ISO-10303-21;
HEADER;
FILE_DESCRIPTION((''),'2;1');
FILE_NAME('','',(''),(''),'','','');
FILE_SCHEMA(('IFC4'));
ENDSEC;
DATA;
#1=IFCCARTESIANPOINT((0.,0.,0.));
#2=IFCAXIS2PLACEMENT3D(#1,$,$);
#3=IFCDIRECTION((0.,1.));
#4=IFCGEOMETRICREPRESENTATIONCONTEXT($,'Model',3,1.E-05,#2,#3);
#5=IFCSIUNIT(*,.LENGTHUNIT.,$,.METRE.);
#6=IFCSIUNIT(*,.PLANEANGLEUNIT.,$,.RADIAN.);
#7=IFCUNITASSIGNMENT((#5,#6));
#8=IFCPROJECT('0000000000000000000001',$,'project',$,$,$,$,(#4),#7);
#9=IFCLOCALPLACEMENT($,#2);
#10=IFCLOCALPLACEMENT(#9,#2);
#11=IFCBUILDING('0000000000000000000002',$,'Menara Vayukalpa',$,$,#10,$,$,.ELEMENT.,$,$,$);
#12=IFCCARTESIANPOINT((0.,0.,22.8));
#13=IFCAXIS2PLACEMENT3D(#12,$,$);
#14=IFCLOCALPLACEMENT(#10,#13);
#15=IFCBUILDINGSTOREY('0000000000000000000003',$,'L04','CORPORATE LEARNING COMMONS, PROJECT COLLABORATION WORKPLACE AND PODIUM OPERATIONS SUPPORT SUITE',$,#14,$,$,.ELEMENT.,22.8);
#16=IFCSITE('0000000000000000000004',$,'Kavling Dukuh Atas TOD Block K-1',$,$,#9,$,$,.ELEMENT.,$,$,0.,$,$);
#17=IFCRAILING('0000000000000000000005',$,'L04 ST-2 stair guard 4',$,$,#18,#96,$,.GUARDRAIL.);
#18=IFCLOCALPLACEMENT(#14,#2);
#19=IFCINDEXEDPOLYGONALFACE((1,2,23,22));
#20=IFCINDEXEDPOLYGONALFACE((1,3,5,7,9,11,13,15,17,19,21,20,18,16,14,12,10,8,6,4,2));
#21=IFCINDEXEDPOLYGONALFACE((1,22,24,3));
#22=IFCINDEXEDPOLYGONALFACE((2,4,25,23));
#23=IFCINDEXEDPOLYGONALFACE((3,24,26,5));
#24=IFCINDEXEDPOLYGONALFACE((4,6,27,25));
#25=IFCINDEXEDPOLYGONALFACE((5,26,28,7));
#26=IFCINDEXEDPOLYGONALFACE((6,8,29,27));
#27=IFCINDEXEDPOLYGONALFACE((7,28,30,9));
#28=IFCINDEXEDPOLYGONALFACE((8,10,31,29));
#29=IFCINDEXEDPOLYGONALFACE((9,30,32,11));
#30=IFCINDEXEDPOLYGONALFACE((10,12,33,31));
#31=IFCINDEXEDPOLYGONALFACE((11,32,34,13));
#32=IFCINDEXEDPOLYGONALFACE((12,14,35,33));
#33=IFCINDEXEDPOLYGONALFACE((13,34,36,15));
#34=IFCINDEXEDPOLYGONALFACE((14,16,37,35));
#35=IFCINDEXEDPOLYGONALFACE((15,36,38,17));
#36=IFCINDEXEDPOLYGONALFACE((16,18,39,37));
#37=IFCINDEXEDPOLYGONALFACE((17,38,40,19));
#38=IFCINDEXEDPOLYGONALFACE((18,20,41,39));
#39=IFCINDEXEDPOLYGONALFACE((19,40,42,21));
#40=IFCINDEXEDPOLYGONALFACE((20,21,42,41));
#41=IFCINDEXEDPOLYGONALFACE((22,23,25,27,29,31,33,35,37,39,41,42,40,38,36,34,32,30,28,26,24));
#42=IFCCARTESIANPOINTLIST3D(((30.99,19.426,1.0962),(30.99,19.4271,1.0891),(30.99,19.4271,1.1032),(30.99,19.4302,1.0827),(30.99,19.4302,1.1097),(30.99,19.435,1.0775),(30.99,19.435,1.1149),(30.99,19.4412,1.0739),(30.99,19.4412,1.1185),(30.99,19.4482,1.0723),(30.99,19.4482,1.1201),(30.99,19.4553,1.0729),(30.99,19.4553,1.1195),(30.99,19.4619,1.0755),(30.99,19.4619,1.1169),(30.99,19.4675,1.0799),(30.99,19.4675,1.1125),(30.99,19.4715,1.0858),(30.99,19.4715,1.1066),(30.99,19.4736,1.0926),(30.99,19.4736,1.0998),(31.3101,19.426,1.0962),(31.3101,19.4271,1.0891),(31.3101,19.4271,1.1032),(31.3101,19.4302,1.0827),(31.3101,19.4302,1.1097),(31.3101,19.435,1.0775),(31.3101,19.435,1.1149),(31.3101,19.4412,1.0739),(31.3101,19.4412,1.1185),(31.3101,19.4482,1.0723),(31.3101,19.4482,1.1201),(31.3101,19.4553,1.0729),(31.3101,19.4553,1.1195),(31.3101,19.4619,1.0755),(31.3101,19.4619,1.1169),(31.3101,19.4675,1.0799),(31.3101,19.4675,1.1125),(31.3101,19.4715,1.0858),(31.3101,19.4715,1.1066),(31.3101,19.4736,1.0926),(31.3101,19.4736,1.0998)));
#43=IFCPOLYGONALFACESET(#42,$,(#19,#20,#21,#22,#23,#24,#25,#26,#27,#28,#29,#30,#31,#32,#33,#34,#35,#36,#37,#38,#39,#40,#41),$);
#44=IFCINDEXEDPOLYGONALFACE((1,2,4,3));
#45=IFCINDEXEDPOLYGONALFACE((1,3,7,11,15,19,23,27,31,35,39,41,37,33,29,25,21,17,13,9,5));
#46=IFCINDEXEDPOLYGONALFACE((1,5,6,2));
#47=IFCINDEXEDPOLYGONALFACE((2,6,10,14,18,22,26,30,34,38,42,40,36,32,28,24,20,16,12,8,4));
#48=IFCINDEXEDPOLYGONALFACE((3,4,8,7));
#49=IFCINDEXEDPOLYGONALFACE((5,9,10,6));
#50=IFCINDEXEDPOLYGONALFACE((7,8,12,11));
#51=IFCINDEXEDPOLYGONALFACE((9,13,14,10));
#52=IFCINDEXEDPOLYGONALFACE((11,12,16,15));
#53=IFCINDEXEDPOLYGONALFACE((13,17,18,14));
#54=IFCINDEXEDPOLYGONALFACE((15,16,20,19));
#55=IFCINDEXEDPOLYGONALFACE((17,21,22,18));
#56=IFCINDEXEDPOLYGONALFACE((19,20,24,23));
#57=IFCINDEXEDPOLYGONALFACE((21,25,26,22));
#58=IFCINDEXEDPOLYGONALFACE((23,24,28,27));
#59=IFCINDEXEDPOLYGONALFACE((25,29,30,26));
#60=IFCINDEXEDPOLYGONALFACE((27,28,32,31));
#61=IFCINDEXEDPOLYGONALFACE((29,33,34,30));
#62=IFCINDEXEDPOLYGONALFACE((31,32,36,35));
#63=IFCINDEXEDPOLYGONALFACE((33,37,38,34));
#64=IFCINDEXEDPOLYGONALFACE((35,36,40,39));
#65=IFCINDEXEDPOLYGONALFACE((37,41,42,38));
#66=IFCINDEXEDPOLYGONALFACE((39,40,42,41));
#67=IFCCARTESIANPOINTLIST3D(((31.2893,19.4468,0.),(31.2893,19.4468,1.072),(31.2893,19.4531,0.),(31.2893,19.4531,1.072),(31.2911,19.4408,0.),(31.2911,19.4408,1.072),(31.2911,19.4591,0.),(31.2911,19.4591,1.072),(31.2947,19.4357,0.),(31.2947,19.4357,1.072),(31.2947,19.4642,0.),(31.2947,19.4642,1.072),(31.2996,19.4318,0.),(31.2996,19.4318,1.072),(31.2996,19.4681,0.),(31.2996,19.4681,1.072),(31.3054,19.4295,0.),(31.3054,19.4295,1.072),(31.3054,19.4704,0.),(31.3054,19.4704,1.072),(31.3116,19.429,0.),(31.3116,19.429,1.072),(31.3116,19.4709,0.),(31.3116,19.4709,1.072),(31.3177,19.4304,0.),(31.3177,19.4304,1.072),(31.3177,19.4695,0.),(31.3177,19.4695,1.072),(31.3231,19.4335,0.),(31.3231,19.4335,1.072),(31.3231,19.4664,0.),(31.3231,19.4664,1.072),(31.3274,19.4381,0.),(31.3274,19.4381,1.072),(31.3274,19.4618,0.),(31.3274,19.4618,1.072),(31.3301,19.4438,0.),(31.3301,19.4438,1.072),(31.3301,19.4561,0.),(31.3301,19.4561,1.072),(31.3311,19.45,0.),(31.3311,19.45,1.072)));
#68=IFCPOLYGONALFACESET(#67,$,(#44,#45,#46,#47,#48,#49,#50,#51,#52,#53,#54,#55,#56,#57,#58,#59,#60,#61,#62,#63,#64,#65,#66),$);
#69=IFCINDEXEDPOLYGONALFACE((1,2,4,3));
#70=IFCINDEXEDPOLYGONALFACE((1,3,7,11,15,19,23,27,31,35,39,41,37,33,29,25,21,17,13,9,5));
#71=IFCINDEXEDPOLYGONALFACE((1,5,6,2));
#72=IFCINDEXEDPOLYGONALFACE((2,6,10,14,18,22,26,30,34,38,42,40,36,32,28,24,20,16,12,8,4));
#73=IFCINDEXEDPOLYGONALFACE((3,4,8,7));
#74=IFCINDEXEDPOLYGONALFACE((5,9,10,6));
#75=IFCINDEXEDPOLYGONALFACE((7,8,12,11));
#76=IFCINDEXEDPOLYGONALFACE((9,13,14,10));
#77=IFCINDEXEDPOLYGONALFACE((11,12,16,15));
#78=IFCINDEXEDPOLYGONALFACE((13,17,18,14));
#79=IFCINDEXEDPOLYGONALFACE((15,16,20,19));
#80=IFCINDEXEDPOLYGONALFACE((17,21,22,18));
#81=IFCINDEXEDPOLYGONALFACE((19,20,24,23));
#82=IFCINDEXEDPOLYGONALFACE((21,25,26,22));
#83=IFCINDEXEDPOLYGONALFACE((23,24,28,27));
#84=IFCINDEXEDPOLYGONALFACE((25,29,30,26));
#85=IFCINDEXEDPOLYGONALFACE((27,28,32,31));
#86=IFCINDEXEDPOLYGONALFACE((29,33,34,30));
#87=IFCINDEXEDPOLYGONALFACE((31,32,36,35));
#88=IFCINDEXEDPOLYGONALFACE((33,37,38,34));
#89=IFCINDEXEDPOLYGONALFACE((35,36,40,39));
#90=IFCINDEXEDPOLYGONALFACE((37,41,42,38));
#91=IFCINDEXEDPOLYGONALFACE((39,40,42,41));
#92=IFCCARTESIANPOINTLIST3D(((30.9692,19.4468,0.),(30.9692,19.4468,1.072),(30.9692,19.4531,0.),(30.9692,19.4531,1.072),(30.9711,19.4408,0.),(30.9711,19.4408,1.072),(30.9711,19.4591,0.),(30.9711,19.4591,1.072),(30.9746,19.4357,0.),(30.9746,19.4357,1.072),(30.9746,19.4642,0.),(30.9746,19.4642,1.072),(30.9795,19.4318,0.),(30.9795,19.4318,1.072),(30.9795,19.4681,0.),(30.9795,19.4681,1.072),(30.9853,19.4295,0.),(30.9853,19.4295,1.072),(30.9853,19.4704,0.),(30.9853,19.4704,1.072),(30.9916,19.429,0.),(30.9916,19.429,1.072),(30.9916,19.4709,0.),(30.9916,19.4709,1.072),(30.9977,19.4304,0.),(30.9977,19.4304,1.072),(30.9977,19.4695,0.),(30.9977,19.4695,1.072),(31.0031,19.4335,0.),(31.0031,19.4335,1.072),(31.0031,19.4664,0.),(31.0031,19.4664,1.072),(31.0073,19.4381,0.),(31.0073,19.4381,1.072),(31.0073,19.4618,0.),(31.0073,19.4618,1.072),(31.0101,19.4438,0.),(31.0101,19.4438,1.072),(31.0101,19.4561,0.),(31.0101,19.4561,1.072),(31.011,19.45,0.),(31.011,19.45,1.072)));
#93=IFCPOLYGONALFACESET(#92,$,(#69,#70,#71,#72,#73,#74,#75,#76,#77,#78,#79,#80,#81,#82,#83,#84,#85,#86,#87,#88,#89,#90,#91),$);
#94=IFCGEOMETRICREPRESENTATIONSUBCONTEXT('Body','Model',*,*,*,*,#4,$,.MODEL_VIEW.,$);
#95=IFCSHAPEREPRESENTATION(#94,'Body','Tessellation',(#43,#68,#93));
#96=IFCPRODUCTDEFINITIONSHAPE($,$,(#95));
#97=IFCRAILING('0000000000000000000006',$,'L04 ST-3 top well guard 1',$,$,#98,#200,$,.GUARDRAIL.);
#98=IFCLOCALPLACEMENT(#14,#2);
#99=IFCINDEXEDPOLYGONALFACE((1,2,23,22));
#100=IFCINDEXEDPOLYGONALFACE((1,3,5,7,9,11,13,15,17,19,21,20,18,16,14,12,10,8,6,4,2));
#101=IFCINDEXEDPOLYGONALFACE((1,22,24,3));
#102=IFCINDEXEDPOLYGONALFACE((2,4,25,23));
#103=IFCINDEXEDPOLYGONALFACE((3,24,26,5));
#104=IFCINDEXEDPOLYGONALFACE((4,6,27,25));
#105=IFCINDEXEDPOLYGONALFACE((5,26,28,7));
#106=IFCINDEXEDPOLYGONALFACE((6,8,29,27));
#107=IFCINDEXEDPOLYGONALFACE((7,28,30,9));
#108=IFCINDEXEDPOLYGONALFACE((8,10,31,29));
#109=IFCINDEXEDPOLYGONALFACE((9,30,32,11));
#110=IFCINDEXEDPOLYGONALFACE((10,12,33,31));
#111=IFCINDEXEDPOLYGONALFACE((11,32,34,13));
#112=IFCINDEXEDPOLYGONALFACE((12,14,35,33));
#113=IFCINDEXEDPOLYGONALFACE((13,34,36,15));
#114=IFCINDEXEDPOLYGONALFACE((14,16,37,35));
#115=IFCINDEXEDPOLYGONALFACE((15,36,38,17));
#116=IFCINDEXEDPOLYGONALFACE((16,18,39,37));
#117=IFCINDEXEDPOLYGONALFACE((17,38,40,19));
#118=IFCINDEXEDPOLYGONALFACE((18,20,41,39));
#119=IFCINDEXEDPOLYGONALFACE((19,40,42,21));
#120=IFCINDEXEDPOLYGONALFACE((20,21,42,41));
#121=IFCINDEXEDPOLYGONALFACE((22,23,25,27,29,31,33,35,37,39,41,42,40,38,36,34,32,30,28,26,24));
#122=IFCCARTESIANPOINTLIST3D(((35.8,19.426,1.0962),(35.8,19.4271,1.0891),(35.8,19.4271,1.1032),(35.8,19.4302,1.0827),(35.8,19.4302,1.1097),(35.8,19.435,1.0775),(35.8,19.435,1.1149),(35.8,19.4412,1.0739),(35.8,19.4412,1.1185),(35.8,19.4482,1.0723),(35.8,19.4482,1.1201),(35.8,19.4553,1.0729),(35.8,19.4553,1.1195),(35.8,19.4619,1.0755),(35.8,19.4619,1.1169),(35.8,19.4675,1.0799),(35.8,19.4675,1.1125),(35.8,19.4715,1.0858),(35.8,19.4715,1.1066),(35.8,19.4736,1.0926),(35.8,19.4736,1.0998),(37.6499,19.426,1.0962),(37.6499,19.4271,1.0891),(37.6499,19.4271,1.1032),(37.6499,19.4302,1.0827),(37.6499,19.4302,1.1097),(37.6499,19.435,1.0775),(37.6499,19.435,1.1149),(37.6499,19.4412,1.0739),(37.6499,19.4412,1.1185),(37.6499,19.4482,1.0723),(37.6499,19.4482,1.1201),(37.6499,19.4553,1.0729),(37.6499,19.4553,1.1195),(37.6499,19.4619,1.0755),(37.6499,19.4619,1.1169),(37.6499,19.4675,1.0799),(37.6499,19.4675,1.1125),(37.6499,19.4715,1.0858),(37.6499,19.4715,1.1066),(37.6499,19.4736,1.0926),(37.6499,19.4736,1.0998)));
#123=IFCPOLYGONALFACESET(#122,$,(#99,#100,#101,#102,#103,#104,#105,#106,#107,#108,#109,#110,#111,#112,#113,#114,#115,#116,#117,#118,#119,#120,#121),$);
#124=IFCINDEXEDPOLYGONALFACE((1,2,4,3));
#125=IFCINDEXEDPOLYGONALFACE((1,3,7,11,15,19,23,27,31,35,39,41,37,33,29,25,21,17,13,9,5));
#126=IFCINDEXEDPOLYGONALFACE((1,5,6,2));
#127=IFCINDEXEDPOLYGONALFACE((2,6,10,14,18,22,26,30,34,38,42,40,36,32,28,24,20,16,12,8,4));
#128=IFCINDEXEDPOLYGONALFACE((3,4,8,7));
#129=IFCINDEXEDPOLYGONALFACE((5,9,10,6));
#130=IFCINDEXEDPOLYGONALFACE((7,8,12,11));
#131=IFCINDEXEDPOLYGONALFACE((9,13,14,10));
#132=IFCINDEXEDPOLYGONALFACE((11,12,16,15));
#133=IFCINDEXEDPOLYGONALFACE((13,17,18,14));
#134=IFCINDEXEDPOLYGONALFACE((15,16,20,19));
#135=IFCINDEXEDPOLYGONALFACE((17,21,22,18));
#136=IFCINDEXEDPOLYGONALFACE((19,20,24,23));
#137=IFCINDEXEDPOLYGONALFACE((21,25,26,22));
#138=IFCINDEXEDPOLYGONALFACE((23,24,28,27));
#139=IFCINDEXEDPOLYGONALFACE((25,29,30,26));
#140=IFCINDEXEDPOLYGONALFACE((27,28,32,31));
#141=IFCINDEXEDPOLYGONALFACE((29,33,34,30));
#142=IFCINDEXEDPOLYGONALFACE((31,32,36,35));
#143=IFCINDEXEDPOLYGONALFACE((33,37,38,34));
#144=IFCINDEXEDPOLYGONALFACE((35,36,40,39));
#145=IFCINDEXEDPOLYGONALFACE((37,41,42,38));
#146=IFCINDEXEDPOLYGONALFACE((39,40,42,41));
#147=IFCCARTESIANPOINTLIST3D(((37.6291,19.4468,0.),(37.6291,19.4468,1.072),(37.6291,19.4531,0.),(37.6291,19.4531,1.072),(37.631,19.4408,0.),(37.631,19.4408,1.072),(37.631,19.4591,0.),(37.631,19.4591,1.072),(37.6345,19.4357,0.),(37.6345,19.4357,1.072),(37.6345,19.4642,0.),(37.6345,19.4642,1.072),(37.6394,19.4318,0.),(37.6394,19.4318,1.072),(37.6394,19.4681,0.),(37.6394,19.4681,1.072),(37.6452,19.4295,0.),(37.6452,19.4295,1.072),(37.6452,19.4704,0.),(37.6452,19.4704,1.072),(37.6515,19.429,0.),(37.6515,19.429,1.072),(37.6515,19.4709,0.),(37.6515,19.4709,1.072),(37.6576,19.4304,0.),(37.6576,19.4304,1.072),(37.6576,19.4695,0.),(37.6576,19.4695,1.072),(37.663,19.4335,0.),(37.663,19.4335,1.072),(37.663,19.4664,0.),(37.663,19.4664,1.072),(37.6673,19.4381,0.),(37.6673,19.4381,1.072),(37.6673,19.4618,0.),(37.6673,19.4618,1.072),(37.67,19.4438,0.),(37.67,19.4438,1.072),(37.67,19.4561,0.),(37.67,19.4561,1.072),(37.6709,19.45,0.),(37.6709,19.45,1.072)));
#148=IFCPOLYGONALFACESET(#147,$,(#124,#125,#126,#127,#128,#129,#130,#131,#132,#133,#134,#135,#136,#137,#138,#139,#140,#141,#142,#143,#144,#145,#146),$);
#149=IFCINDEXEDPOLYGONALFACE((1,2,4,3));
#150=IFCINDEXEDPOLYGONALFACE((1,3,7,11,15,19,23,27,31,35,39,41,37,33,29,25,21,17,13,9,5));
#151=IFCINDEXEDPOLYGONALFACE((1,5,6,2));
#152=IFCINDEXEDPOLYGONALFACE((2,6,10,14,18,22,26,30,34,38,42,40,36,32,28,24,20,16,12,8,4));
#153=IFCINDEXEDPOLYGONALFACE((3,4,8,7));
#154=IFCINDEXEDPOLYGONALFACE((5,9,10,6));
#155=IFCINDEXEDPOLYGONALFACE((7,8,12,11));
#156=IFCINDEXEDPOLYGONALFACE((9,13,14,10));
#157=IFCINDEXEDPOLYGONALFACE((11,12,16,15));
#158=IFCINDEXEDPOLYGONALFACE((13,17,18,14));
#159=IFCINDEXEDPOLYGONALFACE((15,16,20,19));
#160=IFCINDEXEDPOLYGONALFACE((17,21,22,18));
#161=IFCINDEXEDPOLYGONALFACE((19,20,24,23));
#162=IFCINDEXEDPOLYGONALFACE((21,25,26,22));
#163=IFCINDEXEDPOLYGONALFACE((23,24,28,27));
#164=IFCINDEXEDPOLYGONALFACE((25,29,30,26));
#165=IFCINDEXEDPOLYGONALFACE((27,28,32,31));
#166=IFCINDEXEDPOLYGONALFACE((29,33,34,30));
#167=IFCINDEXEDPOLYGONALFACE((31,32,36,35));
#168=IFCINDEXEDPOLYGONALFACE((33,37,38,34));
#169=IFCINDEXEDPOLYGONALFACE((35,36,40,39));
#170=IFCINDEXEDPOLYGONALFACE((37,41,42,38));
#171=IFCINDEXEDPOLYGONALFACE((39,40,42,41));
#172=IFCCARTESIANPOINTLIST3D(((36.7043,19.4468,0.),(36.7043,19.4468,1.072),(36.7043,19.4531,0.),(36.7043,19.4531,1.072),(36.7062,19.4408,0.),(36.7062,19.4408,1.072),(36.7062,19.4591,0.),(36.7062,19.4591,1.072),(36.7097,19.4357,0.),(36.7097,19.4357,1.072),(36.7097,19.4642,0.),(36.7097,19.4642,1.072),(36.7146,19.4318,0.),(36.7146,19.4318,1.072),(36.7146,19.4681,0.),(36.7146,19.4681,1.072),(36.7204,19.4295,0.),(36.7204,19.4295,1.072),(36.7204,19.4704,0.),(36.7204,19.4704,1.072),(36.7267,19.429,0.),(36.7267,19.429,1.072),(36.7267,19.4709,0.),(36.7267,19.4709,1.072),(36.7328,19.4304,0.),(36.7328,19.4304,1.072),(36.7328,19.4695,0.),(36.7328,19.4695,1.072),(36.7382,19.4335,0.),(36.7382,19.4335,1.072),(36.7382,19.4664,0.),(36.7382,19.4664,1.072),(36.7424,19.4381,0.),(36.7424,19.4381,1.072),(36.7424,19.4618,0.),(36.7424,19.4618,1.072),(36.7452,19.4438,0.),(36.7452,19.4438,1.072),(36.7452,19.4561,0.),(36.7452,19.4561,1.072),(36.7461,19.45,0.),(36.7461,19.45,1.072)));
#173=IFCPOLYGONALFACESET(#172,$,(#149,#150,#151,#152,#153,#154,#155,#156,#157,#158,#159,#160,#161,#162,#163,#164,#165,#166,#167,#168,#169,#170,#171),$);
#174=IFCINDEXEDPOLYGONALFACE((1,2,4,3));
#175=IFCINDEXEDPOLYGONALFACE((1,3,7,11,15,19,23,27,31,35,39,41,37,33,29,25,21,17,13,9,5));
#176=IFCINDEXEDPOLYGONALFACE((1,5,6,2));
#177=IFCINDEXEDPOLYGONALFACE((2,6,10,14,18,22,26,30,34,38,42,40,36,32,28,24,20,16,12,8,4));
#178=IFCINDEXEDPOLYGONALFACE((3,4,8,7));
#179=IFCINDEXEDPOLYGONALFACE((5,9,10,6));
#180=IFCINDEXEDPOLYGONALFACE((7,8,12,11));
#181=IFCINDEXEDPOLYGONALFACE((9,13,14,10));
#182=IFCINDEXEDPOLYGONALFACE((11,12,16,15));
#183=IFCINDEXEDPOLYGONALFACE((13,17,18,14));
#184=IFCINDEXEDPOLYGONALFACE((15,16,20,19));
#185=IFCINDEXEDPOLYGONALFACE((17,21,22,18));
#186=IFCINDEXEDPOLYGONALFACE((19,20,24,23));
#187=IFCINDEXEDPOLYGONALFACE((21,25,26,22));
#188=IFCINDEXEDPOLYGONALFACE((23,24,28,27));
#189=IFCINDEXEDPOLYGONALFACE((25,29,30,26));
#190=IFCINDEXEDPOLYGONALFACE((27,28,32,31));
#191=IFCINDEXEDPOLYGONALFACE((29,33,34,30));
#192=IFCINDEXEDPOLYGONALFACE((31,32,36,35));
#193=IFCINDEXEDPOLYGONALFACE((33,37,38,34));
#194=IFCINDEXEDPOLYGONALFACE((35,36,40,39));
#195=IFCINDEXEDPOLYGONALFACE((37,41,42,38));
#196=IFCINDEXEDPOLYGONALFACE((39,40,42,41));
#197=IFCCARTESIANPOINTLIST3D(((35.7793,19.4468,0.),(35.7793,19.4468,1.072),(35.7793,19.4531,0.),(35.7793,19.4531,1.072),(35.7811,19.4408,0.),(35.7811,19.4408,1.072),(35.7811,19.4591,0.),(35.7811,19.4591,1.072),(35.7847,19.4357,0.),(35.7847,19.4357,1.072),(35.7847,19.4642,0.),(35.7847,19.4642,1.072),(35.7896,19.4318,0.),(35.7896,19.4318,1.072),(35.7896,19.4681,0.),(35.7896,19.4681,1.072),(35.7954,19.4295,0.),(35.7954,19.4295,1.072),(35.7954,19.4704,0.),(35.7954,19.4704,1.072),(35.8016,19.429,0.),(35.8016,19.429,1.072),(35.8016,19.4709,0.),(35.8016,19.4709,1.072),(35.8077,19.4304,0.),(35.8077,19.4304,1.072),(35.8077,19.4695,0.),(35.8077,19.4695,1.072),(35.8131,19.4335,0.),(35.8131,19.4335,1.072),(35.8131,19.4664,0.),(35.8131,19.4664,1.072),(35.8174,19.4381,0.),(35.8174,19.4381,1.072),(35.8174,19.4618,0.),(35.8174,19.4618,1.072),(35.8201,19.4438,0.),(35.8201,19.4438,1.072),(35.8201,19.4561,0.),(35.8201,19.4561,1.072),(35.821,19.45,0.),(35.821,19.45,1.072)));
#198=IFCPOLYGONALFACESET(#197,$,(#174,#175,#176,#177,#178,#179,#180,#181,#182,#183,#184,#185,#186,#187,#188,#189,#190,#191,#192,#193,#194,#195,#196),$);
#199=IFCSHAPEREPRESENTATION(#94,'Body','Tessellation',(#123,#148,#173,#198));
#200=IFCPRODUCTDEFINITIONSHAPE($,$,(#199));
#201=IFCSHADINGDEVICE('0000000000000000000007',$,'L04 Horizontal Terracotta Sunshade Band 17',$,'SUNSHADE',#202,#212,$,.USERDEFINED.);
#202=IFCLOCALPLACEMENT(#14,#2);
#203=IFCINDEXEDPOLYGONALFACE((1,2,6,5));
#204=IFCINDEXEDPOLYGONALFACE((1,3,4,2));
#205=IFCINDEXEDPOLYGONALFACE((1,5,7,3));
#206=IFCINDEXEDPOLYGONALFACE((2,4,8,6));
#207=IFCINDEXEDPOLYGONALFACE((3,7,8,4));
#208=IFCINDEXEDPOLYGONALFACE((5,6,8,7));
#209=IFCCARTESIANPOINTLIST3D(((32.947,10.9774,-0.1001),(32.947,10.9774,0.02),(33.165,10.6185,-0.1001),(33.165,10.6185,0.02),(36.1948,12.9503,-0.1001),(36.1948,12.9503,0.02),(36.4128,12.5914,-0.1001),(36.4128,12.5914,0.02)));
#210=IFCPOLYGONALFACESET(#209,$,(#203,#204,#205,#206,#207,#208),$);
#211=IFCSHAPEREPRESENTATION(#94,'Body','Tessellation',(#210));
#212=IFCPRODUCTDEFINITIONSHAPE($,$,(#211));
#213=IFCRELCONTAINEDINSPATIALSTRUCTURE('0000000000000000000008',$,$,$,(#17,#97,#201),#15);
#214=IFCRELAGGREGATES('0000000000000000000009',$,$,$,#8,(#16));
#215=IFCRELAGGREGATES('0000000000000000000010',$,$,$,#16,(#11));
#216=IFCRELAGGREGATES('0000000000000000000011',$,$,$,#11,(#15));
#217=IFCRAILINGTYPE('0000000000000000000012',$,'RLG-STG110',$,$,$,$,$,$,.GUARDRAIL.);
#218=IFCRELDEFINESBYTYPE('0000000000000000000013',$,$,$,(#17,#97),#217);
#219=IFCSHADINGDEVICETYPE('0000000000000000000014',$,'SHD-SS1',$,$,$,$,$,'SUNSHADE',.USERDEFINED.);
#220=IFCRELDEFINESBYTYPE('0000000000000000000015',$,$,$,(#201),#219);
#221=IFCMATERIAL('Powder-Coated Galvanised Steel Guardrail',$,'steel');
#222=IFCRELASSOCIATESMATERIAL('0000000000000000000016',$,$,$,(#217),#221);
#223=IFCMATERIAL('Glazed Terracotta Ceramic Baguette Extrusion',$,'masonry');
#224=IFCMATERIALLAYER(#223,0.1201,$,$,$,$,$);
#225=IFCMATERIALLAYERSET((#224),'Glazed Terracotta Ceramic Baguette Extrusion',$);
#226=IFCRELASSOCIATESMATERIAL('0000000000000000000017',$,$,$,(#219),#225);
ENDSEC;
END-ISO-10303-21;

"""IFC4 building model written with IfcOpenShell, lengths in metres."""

from ifc_helpers import new_model, si_unit, direction, frame, origin, origin_2d, place, context, subcontext, project, spatial, rectangle, circle, extrude, material, layer, layer_set, type_object, element, save


model = new_model("IFC4")

# Units and contexts
model_context = context("Model", 3, precision=1e-05, world=origin(), true_north=direction((0.0, 1.0)))
body_context = subcontext(model_context, "Body", "Model", "MODEL_VIEW")
ifc_project = project(units=[si_unit("LENGTHUNIT", "METRE"), si_unit("PLANEANGLEUNIT", "RADIAN")], contexts=[model_context])

# Site, building, storey
site_placement = place(None, origin())
site = spatial("IfcSite", under=ifc_project, at=site_placement, Name="Kavling Dukuh Atas TOD Block K-1", CompositionType="ELEMENT", RefElevation=0.0)
building_placement = place(site_placement, origin())
building = spatial("IfcBuilding", under=site, at=building_placement, Name="Menara Vayukalpa", CompositionType="ELEMENT")
storey_placement = place(building_placement, frame((0.0, 0.0, 22.8)))
storey = spatial("IfcBuildingStorey", under=building, at=storey_placement, Name="L04", Description="CORPORATE LEARNING COMMONS, PROJECT COLLABORATION WORKPLACE AND PODIUM OPERATIONS SUPPORT SUITE", CompositionType="ELEMENT", Elevation=22.8)

# Railings
ifc_material_1 = material(Name="Powder-Coated Galvanised Steel Guardrail", Category="steel")
railing_type_1 = type_object("IfcRailingType", Name="RLG-STG110", PredefinedType="GUARDRAIL", material=ifc_material_1)
railing_1_placement = place(storey_placement, frame((31.3101, 19.45, 0.0)))
element("IfcRailing", 1, at=railing_1_placement, inside=storey, type_object=railing_type_1, Name="L04 ST-2 stair guard 4", PredefinedType="GUARDRAIL", context=body_context, shape_type="SweptSolid", body=[
    extrude(circle(Radius=0.0239, at=origin_2d()), frame((0.0, 0.0, 1.0962), z_axis=(-1.0, 0.0, 0.0), x_axis=(0.0, -1.0, 0.0)), (0.0, 0.0, 1.0), 0.3201),
    extrude(circle(Radius=0.021, at=origin_2d()), origin(), (0.0, 0.0, 1.0), 1.072),
    extrude(circle(Radius=0.021, at=origin_2d()), frame((-0.3201, 0.0, 0.0)), (0.0, 0.0, 1.0), 1.072),
])
railing_2_placement = place(storey_placement, frame((37.6499, 19.45, 0.0)))
element("IfcRailing", 2, at=railing_2_placement, inside=storey, type_object=railing_type_1, Name="L04 ST-3 top well guard 1", PredefinedType="GUARDRAIL", context=body_context, shape_type="SweptSolid", body=[
    extrude(circle(Radius=0.0239, at=origin_2d()), frame((0.0, 0.0, 1.0962), z_axis=(-1.0, 0.0, 0.0), x_axis=(0.0, -1.0, 0.0)), (0.0, 0.0, 1.0), 1.8499),
    extrude(circle(Radius=0.021, at=origin_2d()), origin(), (0.0, 0.0, 1.0), 1.072),
    extrude(circle(Radius=0.021, at=origin_2d()), frame((-0.9248, 0.0, 0.0)), (0.0, 0.0, 1.0), 1.072),
    extrude(circle(Radius=0.021, at=origin_2d()), frame((-1.8499, 0.0, 0.0)), (0.0, 0.0, 1.0), 1.072),
])

# Shading device
ifc_material_2 = material(Name="Glazed Terracotta Ceramic Baguette Extrusion", Category="masonry")
ifc_layer_1 = layer(ifc_material_2, 0.1201)
ifc_layer_set_1 = layer_set([ifc_layer_1], Name="Glazed Terracotta Ceramic Baguette Extrusion")
shading_device_type = type_object("IfcShadingDeviceType", Name="SHD-SS1", ElementType="SUNSHADE", PredefinedType="USERDEFINED", material=ifc_layer_set_1)
shading_device_placement = place(storey_placement, frame((34.6799, 11.7844, -0.1001), z_axis=(0.0, 0.0, 1.0), x_axis=(0.854667, 0.519176, 0.0)))
element("IfcShadingDevice", 3, at=shading_device_placement, inside=storey, type_object=shading_device_type, Name="L04 Horizontal Terracotta Sunshade Band 17", ObjectType="SUNSHADE", PredefinedType="USERDEFINED", context=body_context, shape_type="SweptSolid", body=[
    extrude(rectangle(XDim=3.8, YDim=0.4199, at=origin_2d()), origin(), (0.0, 0.0, 1.0), 0.1201),
])

save(model, "model.ifc")
